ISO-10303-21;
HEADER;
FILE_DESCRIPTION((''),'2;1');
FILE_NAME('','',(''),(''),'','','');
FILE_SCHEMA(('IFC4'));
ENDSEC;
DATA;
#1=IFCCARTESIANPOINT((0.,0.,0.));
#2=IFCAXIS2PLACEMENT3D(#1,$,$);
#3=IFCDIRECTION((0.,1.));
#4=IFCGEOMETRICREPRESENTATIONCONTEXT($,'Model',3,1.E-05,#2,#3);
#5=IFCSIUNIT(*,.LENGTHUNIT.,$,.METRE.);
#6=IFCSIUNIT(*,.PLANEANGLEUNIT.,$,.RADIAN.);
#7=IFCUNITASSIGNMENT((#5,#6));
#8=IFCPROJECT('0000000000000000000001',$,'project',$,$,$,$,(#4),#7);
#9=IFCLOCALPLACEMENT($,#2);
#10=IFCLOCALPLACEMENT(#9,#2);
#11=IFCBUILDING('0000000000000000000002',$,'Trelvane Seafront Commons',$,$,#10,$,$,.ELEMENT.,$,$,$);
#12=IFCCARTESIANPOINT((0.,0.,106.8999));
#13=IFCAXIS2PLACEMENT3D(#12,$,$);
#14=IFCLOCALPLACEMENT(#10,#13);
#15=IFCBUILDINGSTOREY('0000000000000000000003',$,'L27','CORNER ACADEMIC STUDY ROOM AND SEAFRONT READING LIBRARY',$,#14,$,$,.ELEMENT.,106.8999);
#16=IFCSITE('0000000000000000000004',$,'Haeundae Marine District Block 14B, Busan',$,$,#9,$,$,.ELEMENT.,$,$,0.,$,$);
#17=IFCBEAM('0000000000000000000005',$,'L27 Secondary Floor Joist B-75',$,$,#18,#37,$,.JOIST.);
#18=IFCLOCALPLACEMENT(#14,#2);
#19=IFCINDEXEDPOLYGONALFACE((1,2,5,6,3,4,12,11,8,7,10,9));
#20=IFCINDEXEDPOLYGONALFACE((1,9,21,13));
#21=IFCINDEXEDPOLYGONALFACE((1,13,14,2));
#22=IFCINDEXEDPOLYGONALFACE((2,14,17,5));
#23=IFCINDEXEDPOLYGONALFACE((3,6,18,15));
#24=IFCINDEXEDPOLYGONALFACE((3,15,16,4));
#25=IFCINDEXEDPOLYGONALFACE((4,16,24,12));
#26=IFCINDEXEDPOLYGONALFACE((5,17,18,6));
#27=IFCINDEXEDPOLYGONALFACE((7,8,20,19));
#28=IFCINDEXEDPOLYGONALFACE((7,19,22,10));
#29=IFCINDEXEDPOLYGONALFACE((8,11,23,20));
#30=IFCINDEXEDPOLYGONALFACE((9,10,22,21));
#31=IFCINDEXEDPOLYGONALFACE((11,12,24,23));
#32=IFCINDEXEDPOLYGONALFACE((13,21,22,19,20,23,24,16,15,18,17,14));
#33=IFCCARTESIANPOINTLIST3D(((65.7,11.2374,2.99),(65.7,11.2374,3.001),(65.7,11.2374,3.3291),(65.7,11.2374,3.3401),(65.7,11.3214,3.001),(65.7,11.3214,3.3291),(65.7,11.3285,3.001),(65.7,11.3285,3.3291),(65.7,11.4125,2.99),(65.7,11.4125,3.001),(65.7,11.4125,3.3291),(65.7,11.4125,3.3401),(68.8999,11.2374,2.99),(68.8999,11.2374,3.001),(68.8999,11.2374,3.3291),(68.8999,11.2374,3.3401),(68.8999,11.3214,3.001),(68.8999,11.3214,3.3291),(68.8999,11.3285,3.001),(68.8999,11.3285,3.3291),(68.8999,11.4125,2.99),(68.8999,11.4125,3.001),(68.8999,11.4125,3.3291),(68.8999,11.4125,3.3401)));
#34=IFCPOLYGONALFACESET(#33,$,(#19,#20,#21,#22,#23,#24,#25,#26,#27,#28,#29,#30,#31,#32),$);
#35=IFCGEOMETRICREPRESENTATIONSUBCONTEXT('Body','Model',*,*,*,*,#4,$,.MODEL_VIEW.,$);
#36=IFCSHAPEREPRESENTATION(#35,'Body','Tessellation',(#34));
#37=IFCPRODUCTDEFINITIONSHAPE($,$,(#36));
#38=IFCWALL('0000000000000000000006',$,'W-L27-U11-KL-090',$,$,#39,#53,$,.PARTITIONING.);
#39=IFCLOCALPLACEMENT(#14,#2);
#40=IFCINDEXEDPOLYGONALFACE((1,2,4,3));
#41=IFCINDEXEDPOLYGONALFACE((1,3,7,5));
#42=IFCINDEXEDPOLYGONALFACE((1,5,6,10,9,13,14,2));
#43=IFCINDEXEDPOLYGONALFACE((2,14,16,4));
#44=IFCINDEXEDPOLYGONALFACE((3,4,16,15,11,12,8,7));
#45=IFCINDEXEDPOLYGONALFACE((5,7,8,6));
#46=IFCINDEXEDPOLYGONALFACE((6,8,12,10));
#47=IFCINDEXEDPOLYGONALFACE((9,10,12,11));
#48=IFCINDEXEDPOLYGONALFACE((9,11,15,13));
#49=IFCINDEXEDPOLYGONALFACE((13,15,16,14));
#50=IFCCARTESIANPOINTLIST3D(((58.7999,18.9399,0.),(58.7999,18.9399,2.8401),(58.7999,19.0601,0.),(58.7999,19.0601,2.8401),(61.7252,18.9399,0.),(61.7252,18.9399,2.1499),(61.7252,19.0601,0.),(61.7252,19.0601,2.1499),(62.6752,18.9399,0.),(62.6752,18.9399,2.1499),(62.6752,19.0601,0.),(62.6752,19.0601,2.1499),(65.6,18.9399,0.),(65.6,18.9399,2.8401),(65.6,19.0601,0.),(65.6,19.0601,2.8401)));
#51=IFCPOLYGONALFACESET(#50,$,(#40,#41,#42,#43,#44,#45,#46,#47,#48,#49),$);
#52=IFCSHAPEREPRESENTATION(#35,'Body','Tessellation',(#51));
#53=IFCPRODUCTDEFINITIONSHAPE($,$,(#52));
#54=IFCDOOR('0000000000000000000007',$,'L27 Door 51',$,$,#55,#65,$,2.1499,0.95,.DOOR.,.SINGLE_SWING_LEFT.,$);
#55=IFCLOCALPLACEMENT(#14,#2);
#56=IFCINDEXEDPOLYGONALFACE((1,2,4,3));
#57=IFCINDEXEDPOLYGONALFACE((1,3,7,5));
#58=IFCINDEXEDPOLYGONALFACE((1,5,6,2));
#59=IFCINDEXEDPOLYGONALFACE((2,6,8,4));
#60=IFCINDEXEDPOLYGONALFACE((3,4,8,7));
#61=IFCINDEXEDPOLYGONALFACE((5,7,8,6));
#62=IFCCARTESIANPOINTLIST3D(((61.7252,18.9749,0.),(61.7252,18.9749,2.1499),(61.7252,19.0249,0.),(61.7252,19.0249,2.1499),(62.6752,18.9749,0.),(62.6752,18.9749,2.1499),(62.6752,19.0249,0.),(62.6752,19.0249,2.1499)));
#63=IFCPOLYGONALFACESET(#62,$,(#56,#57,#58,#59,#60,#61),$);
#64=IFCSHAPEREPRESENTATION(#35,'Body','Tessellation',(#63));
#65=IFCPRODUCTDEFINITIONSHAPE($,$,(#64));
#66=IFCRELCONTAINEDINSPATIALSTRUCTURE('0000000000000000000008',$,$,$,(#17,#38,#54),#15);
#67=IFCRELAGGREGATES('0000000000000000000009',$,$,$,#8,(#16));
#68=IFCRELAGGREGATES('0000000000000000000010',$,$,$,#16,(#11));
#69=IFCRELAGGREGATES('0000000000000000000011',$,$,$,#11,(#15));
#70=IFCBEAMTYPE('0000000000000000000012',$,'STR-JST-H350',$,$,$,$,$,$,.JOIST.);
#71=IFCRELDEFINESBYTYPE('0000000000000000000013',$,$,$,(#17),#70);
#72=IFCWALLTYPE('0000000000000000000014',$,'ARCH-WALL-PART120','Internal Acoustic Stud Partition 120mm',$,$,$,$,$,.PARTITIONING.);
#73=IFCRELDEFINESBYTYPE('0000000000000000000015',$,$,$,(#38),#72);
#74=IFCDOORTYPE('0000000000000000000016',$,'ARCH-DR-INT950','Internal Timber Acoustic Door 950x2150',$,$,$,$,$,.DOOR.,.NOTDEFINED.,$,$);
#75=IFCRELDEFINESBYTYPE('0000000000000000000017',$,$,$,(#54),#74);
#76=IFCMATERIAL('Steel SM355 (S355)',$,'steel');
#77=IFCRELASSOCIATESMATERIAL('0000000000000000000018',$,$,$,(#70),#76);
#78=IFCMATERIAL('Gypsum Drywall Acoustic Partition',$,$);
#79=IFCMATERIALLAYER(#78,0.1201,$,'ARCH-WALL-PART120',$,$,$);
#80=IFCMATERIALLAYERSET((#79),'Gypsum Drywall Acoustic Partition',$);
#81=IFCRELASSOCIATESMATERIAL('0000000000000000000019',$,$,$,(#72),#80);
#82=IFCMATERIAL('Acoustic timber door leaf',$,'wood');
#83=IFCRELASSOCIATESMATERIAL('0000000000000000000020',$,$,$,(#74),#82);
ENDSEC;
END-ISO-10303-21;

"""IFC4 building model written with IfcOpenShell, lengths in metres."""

from ifc_helpers import new_model, si_unit, direction, frame, frame_2d, origin, origin_2d, place, context, subcontext, project, spatial, rectangle, i_section, extrude, source, transform, mapped, material, layer, layer_set, material_profile, profile_set, type_object, element, fill, save


model = new_model("IFC4")

# Units and contexts
model_context = context("Model", 3, precision=1e-05, world=origin(), true_north=direction((0.0, 1.0)))
body_context = subcontext(model_context, "Body", "Model", "MODEL_VIEW")
ifc_project = project(units=[si_unit("LENGTHUNIT", "METRE"), si_unit("PLANEANGLEUNIT", "RADIAN")], contexts=[model_context])

# Site, building, storey
site_placement = place(None, origin())
site = spatial("IfcSite", under=ifc_project, at=site_placement, Name="Haeundae Marine District Block 14B, Busan", CompositionType="ELEMENT", RefElevation=0.0)
building_placement = place(site_placement, origin())
building = spatial("IfcBuilding", under=site, at=building_placement, Name="Trelvane Seafront Commons", CompositionType="ELEMENT")
storey_placement = place(building_placement, frame((0.0, 0.0, 106.8999)))
storey = spatial("IfcBuildingStorey", under=building, at=storey_placement, Name="L27", Description="CORNER ACADEMIC STUDY ROOM AND SEAFRONT READING LIBRARY", CompositionType="ELEMENT", Elevation=106.8999)

# Shared definitions
ifc_material_1 = material(Name="Steel SM355 (S355)", Category="steel")

# Beam
ifc_material_profile_1 = material_profile(ifc_material_1, i_section(OverallWidth=0.175, OverallDepth=0.3501, WebThickness=0.0071, FlangeThickness=0.011, at=origin_2d()), Name="H-350x175x7x11")
ifc_profile_set_1 = profile_set([ifc_material_profile_1], Name="Steel SM355 (S355)")
beam_type_1 = type_object("IfcBeamType", Name="STR-JST-H350", PredefinedType="JOIST", material=ifc_profile_set_1)
shared_shape_1 = source(origin(), body_context, "Body", "SweptSolid", [
    extrude(i_section(OverallWidth=0.175, OverallDepth=0.3501, WebThickness=0.0071, FlangeThickness=0.011, at=origin_2d()), origin(), (0.0, 0.0, 1.0), 3.2),
])
beam_1_placement = place(storey_placement, frame((65.7, 11.325, 3.165), z_axis=(1.0, 0.0, 0.0), x_axis=(0.0, 1.0, 0.0)))
element("IfcBeam", 1, at=beam_1_placement, inside=storey, type_object=beam_type_1, Name="L27 Secondary Floor Joist B-75", PredefinedType="JOIST", context=body_context, shape_type="MappedRepresentation", body=[
    mapped(shared_shape_1, transform((0.0, 0.0, 0.0), x_axis=(1.0, 0.0, 0.0), y_axis=(0.0, 1.0, 0.0), z_axis=(0.0, 0.0, 1.0), scale=1.0)),
])

# Wall, opening, door
ifc_material_2 = material(Name="Gypsum Drywall Acoustic Partition")
ifc_layer = layer(ifc_material_2, 0.1201, Name="ARCH-WALL-PART120")
ifc_layer_set = layer_set([ifc_layer], Name="Gypsum Drywall Acoustic Partition")
wall_type = type_object("IfcWallType", Name="ARCH-WALL-PART120", Description="Internal Acoustic Stud Partition 120mm", PredefinedType="PARTITIONING", material=ifc_layer_set)
ifc_material_3 = material(Name="Acoustic timber door leaf", Category="wood")
door_type = type_object("IfcDoorType", Name="ARCH-DR-INT950", Description="Internal Timber Acoustic Door 950x2150", OperationType="NOTDEFINED", PredefinedType="DOOR", material=ifc_material_3)
shared_shape_2 = source(origin(), body_context, "Body", "SweptSolid", [
    extrude(rectangle(XDim=0.95, YDim=2.1499, at=frame_2d((0.4751, 1.075))), frame((0.0, 0.0249, 0.0), z_axis=(0.0, -1.0, 0.0), x_axis=(1.0, 0.0, 0.0)), (0.0, 0.0, 1.0), 0.05),
])
wall_1_placement = place(storey_placement, frame((58.8, 19.0, 0.0), z_axis=(0.0, 0.0, 1.0), x_axis=(1.0, 0.0, 0.0)))
wall_1 = element("IfcWall", 2, at=wall_1_placement, inside=storey, type_object=wall_type, Name="W-L27-U11-KL-090", PredefinedType="PARTITIONING", context=body_context, shape_type="SweptSolid", body=[
    extrude(rectangle(XDim=6.8, YDim=0.1201, at=frame_2d((3.3999, 0.0))), origin(), (0.0, 0.0, 1.0), 2.8401),
])
opening_1_placement = place(wall_1_placement, frame((2.925, 0.0, 0.0)))
opening_1 = element("IfcOpeningElement", 3, at=opening_1_placement, cuts=wall_1, PredefinedType="OPENING", context=body_context, shape_type="SweptSolid", body=[
    extrude(rectangle(XDim=0.95, YDim=2.1499, at=frame_2d((0.4751, 1.075))), frame((0.0, 0.0701, 0.0), z_axis=(0.0, -1.0, 0.0), x_axis=(1.0, 0.0, 0.0)), (0.0, 0.0, 1.0), 0.1401),
])
door_1_placement = place(opening_1_placement, origin())
door_1 = element("IfcDoor", 4, at=door_1_placement, inside=storey, type_object=door_type, Name="L27 Door 51", OperationType="SINGLE_SWING_LEFT", OverallHeight=2.1499, OverallWidth=0.95, PredefinedType="DOOR", context=body_context, shape_type="MappedRepresentation", body=[
    mapped(shared_shape_2, transform((0.0, 0.0, 0.0), x_axis=(1.0, 0.0, 0.0), y_axis=(0.0, 1.0, 0.0), z_axis=(0.0, 0.0, 1.0), scale=1.0)),
])
fill(opening_1, door_1)

save(model, "model.ifc")
